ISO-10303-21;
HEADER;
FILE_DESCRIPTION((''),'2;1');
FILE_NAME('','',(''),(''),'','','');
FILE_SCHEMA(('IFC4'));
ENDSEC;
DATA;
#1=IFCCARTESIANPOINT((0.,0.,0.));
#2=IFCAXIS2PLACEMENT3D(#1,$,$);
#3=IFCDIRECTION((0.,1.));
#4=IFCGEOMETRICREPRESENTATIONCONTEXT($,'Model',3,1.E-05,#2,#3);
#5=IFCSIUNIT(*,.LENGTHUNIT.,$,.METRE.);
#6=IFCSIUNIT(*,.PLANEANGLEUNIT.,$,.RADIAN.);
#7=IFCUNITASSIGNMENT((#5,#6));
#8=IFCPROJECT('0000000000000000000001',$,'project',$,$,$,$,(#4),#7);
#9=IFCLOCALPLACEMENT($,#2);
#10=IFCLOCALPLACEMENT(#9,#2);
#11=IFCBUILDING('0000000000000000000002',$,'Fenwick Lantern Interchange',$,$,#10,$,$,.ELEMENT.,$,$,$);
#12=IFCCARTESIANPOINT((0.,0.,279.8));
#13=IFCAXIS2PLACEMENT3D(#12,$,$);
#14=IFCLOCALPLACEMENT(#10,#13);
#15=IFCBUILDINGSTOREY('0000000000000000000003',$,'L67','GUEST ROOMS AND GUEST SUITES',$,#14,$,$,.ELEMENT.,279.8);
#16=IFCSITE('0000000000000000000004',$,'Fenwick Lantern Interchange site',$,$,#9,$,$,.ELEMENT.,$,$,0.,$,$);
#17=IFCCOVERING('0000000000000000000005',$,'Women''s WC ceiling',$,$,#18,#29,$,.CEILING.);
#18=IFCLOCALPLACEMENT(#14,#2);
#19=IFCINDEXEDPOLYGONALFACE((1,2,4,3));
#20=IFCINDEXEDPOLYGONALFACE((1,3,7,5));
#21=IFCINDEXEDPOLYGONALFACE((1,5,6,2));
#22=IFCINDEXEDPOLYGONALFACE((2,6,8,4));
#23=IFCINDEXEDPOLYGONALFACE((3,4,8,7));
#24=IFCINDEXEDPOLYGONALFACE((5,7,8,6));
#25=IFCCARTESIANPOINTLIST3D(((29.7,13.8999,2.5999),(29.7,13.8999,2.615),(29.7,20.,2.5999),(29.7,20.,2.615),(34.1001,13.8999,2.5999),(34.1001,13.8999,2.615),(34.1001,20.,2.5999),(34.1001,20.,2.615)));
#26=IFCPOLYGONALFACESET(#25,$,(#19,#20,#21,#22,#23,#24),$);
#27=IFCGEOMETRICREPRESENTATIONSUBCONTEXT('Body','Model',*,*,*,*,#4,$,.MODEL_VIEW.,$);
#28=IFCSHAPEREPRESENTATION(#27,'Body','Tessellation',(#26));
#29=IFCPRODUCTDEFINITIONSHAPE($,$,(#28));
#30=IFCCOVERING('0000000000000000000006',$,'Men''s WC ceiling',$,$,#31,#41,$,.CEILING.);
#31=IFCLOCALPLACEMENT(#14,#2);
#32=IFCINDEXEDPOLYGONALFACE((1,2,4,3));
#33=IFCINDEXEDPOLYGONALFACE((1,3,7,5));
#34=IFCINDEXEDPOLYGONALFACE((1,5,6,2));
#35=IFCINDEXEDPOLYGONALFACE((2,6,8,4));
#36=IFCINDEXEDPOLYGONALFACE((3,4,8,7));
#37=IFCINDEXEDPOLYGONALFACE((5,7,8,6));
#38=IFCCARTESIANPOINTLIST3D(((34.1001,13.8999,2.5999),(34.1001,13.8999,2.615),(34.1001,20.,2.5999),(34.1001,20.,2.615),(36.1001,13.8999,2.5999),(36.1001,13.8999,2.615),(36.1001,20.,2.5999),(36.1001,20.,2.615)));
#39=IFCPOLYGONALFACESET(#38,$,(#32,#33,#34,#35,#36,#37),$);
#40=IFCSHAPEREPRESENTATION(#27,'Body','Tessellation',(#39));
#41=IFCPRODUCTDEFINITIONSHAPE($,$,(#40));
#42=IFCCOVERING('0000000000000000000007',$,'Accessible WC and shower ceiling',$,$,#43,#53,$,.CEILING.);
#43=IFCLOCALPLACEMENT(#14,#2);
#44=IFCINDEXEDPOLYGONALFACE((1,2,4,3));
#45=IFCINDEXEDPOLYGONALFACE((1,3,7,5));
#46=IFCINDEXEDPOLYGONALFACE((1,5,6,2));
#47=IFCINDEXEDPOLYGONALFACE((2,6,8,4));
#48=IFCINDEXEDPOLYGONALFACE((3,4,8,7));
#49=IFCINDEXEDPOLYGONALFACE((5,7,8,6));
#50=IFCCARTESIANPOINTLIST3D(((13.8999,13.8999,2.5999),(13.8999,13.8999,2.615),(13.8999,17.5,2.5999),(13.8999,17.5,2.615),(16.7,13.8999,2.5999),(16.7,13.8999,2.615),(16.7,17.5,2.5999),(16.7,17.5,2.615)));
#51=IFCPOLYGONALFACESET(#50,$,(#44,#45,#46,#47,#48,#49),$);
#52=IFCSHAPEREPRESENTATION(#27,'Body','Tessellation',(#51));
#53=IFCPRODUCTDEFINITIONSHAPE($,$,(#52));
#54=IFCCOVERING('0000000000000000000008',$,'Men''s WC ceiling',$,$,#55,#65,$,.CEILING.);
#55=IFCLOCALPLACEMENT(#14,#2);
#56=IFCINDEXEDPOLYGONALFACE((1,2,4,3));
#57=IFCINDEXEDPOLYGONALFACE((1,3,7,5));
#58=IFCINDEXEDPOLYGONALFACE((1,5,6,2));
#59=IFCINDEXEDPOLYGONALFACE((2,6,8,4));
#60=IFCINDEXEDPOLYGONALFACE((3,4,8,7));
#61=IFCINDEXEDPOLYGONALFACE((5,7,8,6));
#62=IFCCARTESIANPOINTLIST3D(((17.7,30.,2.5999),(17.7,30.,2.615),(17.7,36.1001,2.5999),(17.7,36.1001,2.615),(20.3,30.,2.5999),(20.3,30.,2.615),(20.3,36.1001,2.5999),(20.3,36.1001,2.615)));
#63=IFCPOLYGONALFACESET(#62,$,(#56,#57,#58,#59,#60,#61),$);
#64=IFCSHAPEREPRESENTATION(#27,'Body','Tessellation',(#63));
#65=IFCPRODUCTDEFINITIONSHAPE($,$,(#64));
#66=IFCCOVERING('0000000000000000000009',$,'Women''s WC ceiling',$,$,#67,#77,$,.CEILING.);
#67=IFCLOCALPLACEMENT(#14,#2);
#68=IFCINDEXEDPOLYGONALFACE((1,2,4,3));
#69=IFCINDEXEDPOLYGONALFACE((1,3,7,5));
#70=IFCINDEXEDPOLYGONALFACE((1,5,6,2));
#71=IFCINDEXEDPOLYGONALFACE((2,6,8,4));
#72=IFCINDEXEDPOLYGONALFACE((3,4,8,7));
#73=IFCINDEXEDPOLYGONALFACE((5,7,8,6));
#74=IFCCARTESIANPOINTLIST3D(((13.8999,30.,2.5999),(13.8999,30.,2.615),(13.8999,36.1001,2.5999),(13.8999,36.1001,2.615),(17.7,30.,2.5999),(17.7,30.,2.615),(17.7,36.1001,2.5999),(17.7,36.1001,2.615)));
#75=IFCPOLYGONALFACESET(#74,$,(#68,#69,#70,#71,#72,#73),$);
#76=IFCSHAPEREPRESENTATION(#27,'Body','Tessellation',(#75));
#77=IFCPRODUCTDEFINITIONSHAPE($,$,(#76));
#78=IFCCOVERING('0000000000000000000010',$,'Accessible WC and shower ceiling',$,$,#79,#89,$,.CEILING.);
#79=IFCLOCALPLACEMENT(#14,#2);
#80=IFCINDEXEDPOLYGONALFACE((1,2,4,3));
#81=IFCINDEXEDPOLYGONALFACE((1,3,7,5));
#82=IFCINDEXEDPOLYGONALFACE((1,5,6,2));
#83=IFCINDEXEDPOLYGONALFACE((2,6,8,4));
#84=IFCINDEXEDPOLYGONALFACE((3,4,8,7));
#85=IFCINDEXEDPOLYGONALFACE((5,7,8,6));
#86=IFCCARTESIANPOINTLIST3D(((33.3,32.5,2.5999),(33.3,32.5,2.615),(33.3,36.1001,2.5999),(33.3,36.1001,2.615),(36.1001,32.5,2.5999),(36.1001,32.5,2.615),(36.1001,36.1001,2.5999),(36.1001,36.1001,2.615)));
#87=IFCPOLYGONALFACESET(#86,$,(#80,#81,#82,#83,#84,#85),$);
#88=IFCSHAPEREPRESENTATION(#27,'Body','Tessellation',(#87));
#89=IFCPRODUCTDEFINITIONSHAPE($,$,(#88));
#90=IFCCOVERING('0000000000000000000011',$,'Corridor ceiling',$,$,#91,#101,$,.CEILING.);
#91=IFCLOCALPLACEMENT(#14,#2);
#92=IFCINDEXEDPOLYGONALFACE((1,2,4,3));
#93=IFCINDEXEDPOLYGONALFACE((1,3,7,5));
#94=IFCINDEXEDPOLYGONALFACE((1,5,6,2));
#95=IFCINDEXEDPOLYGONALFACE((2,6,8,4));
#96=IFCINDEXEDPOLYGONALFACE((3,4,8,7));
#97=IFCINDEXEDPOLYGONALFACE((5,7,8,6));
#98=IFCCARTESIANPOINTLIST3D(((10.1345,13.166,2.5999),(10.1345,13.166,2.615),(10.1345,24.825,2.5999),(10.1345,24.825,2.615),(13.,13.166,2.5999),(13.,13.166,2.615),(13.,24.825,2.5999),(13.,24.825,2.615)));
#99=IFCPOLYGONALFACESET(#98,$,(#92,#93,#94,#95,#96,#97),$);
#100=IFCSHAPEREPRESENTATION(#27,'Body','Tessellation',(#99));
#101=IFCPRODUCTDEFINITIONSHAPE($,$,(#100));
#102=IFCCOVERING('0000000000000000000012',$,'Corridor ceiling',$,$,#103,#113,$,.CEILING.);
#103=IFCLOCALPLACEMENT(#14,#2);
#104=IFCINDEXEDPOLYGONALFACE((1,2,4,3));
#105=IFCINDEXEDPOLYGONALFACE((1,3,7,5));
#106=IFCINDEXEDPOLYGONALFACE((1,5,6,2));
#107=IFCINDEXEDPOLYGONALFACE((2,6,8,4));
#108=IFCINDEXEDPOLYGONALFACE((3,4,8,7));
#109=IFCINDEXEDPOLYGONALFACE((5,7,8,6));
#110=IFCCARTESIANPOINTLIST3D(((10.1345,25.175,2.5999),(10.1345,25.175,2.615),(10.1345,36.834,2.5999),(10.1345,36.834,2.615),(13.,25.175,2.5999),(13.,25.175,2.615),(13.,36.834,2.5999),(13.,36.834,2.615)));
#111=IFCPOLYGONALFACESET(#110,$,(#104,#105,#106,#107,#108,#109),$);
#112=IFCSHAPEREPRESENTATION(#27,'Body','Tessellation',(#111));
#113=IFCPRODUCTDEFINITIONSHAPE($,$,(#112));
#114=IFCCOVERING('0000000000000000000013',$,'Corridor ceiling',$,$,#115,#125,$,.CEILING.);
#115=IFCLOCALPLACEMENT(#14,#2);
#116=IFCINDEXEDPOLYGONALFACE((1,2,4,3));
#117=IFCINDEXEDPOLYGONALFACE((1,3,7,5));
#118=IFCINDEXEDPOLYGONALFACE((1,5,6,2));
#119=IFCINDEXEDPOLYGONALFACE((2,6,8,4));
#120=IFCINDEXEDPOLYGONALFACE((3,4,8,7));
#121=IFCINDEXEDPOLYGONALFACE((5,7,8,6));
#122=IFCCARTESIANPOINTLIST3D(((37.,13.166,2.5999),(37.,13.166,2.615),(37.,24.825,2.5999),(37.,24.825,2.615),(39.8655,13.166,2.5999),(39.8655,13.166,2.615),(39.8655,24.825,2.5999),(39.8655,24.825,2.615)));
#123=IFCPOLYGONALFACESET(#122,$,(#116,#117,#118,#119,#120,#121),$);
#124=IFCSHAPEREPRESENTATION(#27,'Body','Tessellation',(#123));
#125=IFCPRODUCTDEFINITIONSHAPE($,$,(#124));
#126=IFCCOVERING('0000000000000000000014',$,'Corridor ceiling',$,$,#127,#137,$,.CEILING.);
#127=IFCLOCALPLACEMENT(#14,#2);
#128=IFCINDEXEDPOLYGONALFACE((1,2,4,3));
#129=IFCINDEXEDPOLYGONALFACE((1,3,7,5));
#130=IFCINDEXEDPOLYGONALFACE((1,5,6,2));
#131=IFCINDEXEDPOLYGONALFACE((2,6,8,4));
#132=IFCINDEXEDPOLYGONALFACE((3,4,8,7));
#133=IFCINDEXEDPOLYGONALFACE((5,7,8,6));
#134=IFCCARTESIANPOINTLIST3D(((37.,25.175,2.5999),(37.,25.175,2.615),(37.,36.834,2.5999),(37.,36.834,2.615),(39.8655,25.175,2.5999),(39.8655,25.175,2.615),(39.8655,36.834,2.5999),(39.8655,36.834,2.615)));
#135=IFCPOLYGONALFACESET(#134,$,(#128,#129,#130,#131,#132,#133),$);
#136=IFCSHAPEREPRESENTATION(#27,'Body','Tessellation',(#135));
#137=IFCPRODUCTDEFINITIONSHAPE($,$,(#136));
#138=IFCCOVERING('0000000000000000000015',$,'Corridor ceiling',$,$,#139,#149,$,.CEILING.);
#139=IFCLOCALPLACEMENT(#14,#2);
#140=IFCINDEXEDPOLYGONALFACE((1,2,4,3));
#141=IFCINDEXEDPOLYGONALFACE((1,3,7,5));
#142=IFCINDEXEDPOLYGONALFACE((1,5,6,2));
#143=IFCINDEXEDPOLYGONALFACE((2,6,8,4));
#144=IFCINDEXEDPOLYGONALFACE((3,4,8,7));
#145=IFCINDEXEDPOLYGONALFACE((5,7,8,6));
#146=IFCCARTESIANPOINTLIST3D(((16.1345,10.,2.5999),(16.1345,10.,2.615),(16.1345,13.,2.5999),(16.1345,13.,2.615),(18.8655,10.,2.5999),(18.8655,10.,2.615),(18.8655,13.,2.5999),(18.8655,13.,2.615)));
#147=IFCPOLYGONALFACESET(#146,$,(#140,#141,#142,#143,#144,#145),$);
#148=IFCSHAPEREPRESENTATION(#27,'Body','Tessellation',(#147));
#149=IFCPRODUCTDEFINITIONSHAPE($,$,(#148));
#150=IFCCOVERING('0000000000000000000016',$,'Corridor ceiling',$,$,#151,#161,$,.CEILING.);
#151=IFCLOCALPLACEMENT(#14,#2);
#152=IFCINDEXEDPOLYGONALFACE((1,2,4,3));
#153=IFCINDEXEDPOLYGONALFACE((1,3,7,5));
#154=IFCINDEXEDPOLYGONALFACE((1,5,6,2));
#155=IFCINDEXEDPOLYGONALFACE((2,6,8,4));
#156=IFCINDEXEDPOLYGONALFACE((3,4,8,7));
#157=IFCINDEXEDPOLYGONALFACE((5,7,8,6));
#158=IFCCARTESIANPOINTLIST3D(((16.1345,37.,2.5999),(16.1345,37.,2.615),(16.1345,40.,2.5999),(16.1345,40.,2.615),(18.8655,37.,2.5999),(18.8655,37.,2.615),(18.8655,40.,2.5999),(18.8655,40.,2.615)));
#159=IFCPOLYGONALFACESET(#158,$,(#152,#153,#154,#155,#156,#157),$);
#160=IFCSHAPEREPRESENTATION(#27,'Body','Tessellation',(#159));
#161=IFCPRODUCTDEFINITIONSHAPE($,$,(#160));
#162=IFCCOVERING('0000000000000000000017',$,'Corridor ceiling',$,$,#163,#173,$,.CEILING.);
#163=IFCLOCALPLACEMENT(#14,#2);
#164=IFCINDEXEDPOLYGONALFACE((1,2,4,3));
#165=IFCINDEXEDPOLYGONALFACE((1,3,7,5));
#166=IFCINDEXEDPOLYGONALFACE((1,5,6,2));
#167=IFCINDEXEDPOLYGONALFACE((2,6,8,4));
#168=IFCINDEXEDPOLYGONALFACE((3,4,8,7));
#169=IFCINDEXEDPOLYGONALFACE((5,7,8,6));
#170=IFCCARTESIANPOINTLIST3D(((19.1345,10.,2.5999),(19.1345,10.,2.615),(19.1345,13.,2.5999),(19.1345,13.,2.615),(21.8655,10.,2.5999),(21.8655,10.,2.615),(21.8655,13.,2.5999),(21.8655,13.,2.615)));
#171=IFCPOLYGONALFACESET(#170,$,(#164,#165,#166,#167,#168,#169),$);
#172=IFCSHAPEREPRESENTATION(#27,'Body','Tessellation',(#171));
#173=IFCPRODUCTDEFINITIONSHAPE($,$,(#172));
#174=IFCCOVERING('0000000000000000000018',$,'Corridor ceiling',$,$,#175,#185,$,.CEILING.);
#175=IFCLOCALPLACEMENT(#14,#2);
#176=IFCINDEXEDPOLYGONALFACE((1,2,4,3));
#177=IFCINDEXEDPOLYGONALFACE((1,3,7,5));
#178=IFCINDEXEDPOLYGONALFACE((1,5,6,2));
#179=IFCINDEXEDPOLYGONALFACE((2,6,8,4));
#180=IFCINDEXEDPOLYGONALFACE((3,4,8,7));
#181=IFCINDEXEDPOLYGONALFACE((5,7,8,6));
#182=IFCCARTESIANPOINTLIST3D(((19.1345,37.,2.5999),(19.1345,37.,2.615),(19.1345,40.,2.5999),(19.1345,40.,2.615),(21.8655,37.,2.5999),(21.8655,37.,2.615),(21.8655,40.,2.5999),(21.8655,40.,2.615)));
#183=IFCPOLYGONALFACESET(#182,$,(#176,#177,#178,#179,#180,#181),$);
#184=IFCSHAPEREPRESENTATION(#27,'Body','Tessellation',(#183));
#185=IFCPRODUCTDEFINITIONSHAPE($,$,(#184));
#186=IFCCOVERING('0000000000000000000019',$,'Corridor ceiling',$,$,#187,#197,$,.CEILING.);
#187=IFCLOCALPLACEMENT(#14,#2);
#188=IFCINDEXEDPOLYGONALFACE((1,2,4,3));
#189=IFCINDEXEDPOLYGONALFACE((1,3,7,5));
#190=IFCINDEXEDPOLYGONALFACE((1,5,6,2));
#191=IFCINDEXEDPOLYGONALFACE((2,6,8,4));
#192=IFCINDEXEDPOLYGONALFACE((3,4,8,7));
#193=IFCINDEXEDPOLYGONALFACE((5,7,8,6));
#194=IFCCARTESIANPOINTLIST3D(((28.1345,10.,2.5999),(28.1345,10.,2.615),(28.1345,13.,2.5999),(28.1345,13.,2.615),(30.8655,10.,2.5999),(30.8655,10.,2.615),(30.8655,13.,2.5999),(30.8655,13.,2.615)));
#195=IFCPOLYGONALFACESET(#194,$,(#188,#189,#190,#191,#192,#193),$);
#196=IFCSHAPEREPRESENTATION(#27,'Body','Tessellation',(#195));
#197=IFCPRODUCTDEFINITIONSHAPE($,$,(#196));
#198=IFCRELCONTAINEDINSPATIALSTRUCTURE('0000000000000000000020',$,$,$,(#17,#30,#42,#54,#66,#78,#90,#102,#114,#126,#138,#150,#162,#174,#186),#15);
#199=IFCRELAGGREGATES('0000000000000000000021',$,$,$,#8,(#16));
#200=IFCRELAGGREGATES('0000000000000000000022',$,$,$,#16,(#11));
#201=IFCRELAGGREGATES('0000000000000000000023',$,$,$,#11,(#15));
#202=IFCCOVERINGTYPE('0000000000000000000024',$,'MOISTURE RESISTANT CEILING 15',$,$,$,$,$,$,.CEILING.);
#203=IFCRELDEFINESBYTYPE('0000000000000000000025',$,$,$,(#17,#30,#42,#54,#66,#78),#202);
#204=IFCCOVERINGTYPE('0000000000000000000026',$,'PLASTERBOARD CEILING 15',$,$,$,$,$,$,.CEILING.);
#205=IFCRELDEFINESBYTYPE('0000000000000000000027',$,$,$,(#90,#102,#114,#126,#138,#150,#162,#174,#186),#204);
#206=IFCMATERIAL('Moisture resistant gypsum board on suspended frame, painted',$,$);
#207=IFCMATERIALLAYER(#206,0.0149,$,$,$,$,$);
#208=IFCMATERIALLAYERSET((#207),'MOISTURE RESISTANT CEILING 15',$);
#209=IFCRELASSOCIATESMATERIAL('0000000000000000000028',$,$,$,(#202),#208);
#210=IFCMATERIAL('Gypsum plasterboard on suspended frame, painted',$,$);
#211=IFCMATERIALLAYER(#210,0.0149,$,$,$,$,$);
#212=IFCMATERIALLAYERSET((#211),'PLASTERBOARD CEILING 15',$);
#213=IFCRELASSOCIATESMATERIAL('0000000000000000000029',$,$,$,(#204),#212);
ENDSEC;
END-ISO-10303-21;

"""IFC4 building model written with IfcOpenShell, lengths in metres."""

from ifc_helpers import new_model, si_unit, direction, frame, origin, place, context, subcontext, project, spatial, polyline, outline, extrude, material, layer, layer_set, type_object, element, save


model = new_model("IFC4")

# Units and contexts
model_context = context("Model", 3, precision=1e-05, world=origin(), true_north=direction((0.0, 1.0)))
body_context = subcontext(model_context, "Body", "Model", "MODEL_VIEW")
ifc_project = project(units=[si_unit("LENGTHUNIT", "METRE"), si_unit("PLANEANGLEUNIT", "RADIAN")], contexts=[model_context])

# Site, building, storey
site_placement = place(None, origin())
site = spatial("IfcSite", under=ifc_project, at=site_placement, Name="Fenwick Lantern Interchange site", CompositionType="ELEMENT", RefElevation=0.0)
building_placement = place(site_placement, origin())
building = spatial("IfcBuilding", under=site, at=building_placement, Name="Fenwick Lantern Interchange", CompositionType="ELEMENT")
storey_placement = place(building_placement, frame((0.0, 0.0, 279.8)))
storey = spatial("IfcBuildingStorey", under=building, at=storey_placement, Name="L67", Description="GUEST ROOMS AND GUEST SUITES", CompositionType="ELEMENT", Elevation=279.8)

# Coverings
ifc_material_1 = material(Name="Moisture resistant gypsum board on suspended frame, painted")
ifc_layer_1 = layer(ifc_material_1, 0.0149)
ifc_layer_set_1 = layer_set([ifc_layer_1], Name="MOISTURE RESISTANT CEILING 15")
covering_type_1 = type_object("IfcCoveringType", Name="MOISTURE RESISTANT CEILING 15", PredefinedType="CEILING", material=ifc_layer_set_1)
covering_1_placement = place(storey_placement, frame((0.0, 0.0, 2.5999)))
element("IfcCovering", 1, at=covering_1_placement, inside=storey, type_object=covering_type_1, Name="Women's WC ceiling", PredefinedType="CEILING", context=body_context, shape_type="SweptSolid", body=[
    extrude(outline(polyline([(29.7, 13.8999), (34.1001, 13.8999), (34.1001, 20.0), (29.7, 20.0), (29.7, 13.8999)])), origin(), (0.0, 0.0, 1.0), 0.0151),
])
covering_2_placement = place(storey_placement, frame((0.0, 0.0, 2.5999)))
element("IfcCovering", 2, at=covering_2_placement, inside=storey, type_object=covering_type_1, Name="Men's WC ceiling", PredefinedType="CEILING", context=body_context, shape_type="SweptSolid", body=[
    extrude(outline(polyline([(34.1001, 13.8999), (36.1001, 13.8999), (36.1001, 20.0), (34.1001, 20.0), (34.1001, 13.8999)])), origin(), (0.0, 0.0, 1.0), 0.0151),
])
covering_3_placement = place(storey_placement, frame((0.0, 0.0, 2.5999)))
element("IfcCovering", 3, at=covering_3_placement, inside=storey, type_object=covering_type_1, Name="Accessible WC and shower ceiling", PredefinedType="CEILING", context=body_context, shape_type="SweptSolid", body=[
    extrude(outline(polyline([(13.8999, 13.8999), (16.7, 13.8999), (16.7, 17.5), (13.8999, 17.5), (13.8999, 13.8999)])), origin(), (0.0, 0.0, 1.0), 0.0151),
])
covering_4_placement = place(storey_placement, frame((0.0, 0.0, 2.5999)))
element("IfcCovering", 4, at=covering_4_placement, inside=storey, type_object=covering_type_1, Name="Men's WC ceiling", PredefinedType="CEILING", context=body_context, shape_type="SweptSolid", body=[
    extrude(outline(polyline([(20.3, 36.1001), (17.7, 36.1001), (17.7, 30.0), (20.3, 30.0), (20.3, 36.1001)])), origin(), (0.0, 0.0, 1.0), 0.0151),
])
covering_5_placement = place(storey_placement, frame((0.0, 0.0, 2.5999)))
element("IfcCovering", 5, at=covering_5_placement, inside=storey, type_object=covering_type_1, Name="Women's WC ceiling", PredefinedType="CEILING", context=body_context, shape_type="SweptSolid", body=[
    extrude(outline(polyline([(17.7, 36.1001), (13.8999, 36.1001), (13.8999, 30.0), (17.7, 30.0), (17.7, 36.1001)])), origin(), (0.0, 0.0, 1.0), 0.0151),
])
covering_6_placement = place(storey_placement, frame((0.0, 0.0, 2.5999)))
element("IfcCovering", 6, at=covering_6_placement, inside=storey, type_object=covering_type_1, Name="Accessible WC and shower ceiling", PredefinedType="CEILING", context=body_context, shape_type="SweptSolid", body=[
    extrude(outline(polyline([(36.1001, 36.1001), (33.3, 36.1001), (33.3, 32.5), (36.1001, 32.5), (36.1001, 36.1001)])), origin(), (0.0, 0.0, 1.0), 0.0151),
])
ifc_material_2 = material(Name="Gypsum plasterboard on suspended frame, painted")
ifc_layer_2 = layer(ifc_material_2, 0.0149)
ifc_layer_set_2 = layer_set([ifc_layer_2], Name="PLASTERBOARD CEILING 15")
covering_type_2 = type_object("IfcCoveringType", Name="PLASTERBOARD CEILING 15", PredefinedType="CEILING", material=ifc_layer_set_2)
covering_7_placement = place(storey_placement, frame((0.0, 0.0, 2.5999)))
element("IfcCovering", 7, at=covering_7_placement, inside=storey, type_object=covering_type_2, Name="Corridor ceiling", PredefinedType="CEILING", context=body_context, shape_type="SweptSolid", body=[
    extrude(outline(polyline([(13.0, 13.166), (13.0, 24.825), (10.1345, 24.825), (10.1345, 13.166), (13.0, 13.166)])), origin(), (0.0, 0.0, 1.0), 0.0151),
])
covering_8_placement = place(storey_placement, frame((0.0, 0.0, 2.5999)))
element("IfcCovering", 8, at=covering_8_placement, inside=storey, type_object=covering_type_2, Name="Corridor ceiling", PredefinedType="CEILING", context=body_context, shape_type="SweptSolid", body=[
    extrude(outline(polyline([(13.0, 25.175), (13.0, 36.834), (10.1345, 36.834), (10.1345, 25.175), (13.0, 25.175)])), origin(), (0.0, 0.0, 1.0), 0.0151),
])
covering_9_placement = place(storey_placement, frame((0.0, 0.0, 2.5999)))
element("IfcCovering", 9, at=covering_9_placement, inside=storey, type_object=covering_type_2, Name="Corridor ceiling", PredefinedType="CEILING", context=body_context, shape_type="SweptSolid", body=[
    extrude(outline(polyline([(37.0, 24.825), (37.0, 13.166), (39.8655, 13.166), (39.8655, 24.825), (37.0, 24.825)])), origin(), (0.0, 0.0, 1.0), 0.0151),
])
covering_10_placement = place(storey_placement, frame((0.0, 0.0, 2.5999)))
element("IfcCovering", 10, at=covering_10_placement, inside=storey, type_object=covering_type_2, Name="Corridor ceiling", PredefinedType="CEILING", context=body_context, shape_type="SweptSolid", body=[
    extrude(outline(polyline([(37.0, 36.834), (37.0, 25.175), (39.8655, 25.175), (39.8655, 36.834), (37.0, 36.834)])), origin(), (0.0, 0.0, 1.0), 0.0151),
])
covering_11_placement = place(storey_placement, frame((0.0, 0.0, 2.5999)))
element("IfcCovering", 11, at=covering_11_placement, inside=storey, type_object=covering_type_2, Name="Corridor ceiling", PredefinedType="CEILING", context=body_context, shape_type="SweptSolid", body=[
    extrude(outline(polyline([(16.1345, 10.0), (18.8655, 10.0), (18.8655, 13.0), (16.1345, 13.0), (16.1345, 10.0)])), origin(), (0.0, 0.0, 1.0), 0.0151),
])
covering_12_placement = place(storey_placement, frame((0.0, 0.0, 2.5999)))
element("IfcCovering", 12, at=covering_12_placement, inside=storey, type_object=covering_type_2, Name="Corridor ceiling", PredefinedType="CEILING", context=body_context, shape_type="SweptSolid", body=[
    extrude(outline(polyline([(18.8655, 40.0), (16.1345, 40.0), (16.1345, 37.0), (18.8655, 37.0), (18.8655, 40.0)])), origin(), (0.0, 0.0, 1.0), 0.0151),
])
covering_13_placement = place(storey_placement, frame((0.0, 0.0, 2.5999)))
element("IfcCovering", 13, at=covering_13_placement, inside=storey, type_object=covering_type_2, Name="Corridor ceiling", PredefinedType="CEILING", context=body_context, shape_type="SweptSolid", body=[
    extrude(outline(polyline([(19.1345, 10.0), (21.8655, 10.0), (21.8655, 13.0), (19.1345, 13.0), (19.1345, 10.0)])), origin(), (0.0, 0.0, 1.0), 0.0151),
])
covering_14_placement = place(storey_placement, frame((0.0, 0.0, 2.5999)))
element("IfcCovering", 14, at=covering_14_placement, inside=storey, type_object=covering_type_2, Name="Corridor ceiling", PredefinedType="CEILING", context=body_context, shape_type="SweptSolid", body=[
    extrude(outline(polyline([(21.8655, 40.0), (19.1345, 40.0), (19.1345, 37.0), (21.8655, 37.0), (21.8655, 40.0)])), origin(), (0.0, 0.0, 1.0), 0.0151),
])
covering_15_placement = place(storey_placement, frame((0.0, 0.0, 2.5999)))
element("IfcCovering", 15, at=covering_15_placement, inside=storey, type_object=covering_type_2, Name="Corridor ceiling", PredefinedType="CEILING", context=body_context, shape_type="SweptSolid", body=[
    extrude(outline(polyline([(28.1345, 10.0), (30.8655, 10.0), (30.8655, 13.0), (28.1345, 13.0), (28.1345, 10.0)])), origin(), (0.0, 0.0, 1.0), 0.0151),
])

save(model, "model.ifc")
